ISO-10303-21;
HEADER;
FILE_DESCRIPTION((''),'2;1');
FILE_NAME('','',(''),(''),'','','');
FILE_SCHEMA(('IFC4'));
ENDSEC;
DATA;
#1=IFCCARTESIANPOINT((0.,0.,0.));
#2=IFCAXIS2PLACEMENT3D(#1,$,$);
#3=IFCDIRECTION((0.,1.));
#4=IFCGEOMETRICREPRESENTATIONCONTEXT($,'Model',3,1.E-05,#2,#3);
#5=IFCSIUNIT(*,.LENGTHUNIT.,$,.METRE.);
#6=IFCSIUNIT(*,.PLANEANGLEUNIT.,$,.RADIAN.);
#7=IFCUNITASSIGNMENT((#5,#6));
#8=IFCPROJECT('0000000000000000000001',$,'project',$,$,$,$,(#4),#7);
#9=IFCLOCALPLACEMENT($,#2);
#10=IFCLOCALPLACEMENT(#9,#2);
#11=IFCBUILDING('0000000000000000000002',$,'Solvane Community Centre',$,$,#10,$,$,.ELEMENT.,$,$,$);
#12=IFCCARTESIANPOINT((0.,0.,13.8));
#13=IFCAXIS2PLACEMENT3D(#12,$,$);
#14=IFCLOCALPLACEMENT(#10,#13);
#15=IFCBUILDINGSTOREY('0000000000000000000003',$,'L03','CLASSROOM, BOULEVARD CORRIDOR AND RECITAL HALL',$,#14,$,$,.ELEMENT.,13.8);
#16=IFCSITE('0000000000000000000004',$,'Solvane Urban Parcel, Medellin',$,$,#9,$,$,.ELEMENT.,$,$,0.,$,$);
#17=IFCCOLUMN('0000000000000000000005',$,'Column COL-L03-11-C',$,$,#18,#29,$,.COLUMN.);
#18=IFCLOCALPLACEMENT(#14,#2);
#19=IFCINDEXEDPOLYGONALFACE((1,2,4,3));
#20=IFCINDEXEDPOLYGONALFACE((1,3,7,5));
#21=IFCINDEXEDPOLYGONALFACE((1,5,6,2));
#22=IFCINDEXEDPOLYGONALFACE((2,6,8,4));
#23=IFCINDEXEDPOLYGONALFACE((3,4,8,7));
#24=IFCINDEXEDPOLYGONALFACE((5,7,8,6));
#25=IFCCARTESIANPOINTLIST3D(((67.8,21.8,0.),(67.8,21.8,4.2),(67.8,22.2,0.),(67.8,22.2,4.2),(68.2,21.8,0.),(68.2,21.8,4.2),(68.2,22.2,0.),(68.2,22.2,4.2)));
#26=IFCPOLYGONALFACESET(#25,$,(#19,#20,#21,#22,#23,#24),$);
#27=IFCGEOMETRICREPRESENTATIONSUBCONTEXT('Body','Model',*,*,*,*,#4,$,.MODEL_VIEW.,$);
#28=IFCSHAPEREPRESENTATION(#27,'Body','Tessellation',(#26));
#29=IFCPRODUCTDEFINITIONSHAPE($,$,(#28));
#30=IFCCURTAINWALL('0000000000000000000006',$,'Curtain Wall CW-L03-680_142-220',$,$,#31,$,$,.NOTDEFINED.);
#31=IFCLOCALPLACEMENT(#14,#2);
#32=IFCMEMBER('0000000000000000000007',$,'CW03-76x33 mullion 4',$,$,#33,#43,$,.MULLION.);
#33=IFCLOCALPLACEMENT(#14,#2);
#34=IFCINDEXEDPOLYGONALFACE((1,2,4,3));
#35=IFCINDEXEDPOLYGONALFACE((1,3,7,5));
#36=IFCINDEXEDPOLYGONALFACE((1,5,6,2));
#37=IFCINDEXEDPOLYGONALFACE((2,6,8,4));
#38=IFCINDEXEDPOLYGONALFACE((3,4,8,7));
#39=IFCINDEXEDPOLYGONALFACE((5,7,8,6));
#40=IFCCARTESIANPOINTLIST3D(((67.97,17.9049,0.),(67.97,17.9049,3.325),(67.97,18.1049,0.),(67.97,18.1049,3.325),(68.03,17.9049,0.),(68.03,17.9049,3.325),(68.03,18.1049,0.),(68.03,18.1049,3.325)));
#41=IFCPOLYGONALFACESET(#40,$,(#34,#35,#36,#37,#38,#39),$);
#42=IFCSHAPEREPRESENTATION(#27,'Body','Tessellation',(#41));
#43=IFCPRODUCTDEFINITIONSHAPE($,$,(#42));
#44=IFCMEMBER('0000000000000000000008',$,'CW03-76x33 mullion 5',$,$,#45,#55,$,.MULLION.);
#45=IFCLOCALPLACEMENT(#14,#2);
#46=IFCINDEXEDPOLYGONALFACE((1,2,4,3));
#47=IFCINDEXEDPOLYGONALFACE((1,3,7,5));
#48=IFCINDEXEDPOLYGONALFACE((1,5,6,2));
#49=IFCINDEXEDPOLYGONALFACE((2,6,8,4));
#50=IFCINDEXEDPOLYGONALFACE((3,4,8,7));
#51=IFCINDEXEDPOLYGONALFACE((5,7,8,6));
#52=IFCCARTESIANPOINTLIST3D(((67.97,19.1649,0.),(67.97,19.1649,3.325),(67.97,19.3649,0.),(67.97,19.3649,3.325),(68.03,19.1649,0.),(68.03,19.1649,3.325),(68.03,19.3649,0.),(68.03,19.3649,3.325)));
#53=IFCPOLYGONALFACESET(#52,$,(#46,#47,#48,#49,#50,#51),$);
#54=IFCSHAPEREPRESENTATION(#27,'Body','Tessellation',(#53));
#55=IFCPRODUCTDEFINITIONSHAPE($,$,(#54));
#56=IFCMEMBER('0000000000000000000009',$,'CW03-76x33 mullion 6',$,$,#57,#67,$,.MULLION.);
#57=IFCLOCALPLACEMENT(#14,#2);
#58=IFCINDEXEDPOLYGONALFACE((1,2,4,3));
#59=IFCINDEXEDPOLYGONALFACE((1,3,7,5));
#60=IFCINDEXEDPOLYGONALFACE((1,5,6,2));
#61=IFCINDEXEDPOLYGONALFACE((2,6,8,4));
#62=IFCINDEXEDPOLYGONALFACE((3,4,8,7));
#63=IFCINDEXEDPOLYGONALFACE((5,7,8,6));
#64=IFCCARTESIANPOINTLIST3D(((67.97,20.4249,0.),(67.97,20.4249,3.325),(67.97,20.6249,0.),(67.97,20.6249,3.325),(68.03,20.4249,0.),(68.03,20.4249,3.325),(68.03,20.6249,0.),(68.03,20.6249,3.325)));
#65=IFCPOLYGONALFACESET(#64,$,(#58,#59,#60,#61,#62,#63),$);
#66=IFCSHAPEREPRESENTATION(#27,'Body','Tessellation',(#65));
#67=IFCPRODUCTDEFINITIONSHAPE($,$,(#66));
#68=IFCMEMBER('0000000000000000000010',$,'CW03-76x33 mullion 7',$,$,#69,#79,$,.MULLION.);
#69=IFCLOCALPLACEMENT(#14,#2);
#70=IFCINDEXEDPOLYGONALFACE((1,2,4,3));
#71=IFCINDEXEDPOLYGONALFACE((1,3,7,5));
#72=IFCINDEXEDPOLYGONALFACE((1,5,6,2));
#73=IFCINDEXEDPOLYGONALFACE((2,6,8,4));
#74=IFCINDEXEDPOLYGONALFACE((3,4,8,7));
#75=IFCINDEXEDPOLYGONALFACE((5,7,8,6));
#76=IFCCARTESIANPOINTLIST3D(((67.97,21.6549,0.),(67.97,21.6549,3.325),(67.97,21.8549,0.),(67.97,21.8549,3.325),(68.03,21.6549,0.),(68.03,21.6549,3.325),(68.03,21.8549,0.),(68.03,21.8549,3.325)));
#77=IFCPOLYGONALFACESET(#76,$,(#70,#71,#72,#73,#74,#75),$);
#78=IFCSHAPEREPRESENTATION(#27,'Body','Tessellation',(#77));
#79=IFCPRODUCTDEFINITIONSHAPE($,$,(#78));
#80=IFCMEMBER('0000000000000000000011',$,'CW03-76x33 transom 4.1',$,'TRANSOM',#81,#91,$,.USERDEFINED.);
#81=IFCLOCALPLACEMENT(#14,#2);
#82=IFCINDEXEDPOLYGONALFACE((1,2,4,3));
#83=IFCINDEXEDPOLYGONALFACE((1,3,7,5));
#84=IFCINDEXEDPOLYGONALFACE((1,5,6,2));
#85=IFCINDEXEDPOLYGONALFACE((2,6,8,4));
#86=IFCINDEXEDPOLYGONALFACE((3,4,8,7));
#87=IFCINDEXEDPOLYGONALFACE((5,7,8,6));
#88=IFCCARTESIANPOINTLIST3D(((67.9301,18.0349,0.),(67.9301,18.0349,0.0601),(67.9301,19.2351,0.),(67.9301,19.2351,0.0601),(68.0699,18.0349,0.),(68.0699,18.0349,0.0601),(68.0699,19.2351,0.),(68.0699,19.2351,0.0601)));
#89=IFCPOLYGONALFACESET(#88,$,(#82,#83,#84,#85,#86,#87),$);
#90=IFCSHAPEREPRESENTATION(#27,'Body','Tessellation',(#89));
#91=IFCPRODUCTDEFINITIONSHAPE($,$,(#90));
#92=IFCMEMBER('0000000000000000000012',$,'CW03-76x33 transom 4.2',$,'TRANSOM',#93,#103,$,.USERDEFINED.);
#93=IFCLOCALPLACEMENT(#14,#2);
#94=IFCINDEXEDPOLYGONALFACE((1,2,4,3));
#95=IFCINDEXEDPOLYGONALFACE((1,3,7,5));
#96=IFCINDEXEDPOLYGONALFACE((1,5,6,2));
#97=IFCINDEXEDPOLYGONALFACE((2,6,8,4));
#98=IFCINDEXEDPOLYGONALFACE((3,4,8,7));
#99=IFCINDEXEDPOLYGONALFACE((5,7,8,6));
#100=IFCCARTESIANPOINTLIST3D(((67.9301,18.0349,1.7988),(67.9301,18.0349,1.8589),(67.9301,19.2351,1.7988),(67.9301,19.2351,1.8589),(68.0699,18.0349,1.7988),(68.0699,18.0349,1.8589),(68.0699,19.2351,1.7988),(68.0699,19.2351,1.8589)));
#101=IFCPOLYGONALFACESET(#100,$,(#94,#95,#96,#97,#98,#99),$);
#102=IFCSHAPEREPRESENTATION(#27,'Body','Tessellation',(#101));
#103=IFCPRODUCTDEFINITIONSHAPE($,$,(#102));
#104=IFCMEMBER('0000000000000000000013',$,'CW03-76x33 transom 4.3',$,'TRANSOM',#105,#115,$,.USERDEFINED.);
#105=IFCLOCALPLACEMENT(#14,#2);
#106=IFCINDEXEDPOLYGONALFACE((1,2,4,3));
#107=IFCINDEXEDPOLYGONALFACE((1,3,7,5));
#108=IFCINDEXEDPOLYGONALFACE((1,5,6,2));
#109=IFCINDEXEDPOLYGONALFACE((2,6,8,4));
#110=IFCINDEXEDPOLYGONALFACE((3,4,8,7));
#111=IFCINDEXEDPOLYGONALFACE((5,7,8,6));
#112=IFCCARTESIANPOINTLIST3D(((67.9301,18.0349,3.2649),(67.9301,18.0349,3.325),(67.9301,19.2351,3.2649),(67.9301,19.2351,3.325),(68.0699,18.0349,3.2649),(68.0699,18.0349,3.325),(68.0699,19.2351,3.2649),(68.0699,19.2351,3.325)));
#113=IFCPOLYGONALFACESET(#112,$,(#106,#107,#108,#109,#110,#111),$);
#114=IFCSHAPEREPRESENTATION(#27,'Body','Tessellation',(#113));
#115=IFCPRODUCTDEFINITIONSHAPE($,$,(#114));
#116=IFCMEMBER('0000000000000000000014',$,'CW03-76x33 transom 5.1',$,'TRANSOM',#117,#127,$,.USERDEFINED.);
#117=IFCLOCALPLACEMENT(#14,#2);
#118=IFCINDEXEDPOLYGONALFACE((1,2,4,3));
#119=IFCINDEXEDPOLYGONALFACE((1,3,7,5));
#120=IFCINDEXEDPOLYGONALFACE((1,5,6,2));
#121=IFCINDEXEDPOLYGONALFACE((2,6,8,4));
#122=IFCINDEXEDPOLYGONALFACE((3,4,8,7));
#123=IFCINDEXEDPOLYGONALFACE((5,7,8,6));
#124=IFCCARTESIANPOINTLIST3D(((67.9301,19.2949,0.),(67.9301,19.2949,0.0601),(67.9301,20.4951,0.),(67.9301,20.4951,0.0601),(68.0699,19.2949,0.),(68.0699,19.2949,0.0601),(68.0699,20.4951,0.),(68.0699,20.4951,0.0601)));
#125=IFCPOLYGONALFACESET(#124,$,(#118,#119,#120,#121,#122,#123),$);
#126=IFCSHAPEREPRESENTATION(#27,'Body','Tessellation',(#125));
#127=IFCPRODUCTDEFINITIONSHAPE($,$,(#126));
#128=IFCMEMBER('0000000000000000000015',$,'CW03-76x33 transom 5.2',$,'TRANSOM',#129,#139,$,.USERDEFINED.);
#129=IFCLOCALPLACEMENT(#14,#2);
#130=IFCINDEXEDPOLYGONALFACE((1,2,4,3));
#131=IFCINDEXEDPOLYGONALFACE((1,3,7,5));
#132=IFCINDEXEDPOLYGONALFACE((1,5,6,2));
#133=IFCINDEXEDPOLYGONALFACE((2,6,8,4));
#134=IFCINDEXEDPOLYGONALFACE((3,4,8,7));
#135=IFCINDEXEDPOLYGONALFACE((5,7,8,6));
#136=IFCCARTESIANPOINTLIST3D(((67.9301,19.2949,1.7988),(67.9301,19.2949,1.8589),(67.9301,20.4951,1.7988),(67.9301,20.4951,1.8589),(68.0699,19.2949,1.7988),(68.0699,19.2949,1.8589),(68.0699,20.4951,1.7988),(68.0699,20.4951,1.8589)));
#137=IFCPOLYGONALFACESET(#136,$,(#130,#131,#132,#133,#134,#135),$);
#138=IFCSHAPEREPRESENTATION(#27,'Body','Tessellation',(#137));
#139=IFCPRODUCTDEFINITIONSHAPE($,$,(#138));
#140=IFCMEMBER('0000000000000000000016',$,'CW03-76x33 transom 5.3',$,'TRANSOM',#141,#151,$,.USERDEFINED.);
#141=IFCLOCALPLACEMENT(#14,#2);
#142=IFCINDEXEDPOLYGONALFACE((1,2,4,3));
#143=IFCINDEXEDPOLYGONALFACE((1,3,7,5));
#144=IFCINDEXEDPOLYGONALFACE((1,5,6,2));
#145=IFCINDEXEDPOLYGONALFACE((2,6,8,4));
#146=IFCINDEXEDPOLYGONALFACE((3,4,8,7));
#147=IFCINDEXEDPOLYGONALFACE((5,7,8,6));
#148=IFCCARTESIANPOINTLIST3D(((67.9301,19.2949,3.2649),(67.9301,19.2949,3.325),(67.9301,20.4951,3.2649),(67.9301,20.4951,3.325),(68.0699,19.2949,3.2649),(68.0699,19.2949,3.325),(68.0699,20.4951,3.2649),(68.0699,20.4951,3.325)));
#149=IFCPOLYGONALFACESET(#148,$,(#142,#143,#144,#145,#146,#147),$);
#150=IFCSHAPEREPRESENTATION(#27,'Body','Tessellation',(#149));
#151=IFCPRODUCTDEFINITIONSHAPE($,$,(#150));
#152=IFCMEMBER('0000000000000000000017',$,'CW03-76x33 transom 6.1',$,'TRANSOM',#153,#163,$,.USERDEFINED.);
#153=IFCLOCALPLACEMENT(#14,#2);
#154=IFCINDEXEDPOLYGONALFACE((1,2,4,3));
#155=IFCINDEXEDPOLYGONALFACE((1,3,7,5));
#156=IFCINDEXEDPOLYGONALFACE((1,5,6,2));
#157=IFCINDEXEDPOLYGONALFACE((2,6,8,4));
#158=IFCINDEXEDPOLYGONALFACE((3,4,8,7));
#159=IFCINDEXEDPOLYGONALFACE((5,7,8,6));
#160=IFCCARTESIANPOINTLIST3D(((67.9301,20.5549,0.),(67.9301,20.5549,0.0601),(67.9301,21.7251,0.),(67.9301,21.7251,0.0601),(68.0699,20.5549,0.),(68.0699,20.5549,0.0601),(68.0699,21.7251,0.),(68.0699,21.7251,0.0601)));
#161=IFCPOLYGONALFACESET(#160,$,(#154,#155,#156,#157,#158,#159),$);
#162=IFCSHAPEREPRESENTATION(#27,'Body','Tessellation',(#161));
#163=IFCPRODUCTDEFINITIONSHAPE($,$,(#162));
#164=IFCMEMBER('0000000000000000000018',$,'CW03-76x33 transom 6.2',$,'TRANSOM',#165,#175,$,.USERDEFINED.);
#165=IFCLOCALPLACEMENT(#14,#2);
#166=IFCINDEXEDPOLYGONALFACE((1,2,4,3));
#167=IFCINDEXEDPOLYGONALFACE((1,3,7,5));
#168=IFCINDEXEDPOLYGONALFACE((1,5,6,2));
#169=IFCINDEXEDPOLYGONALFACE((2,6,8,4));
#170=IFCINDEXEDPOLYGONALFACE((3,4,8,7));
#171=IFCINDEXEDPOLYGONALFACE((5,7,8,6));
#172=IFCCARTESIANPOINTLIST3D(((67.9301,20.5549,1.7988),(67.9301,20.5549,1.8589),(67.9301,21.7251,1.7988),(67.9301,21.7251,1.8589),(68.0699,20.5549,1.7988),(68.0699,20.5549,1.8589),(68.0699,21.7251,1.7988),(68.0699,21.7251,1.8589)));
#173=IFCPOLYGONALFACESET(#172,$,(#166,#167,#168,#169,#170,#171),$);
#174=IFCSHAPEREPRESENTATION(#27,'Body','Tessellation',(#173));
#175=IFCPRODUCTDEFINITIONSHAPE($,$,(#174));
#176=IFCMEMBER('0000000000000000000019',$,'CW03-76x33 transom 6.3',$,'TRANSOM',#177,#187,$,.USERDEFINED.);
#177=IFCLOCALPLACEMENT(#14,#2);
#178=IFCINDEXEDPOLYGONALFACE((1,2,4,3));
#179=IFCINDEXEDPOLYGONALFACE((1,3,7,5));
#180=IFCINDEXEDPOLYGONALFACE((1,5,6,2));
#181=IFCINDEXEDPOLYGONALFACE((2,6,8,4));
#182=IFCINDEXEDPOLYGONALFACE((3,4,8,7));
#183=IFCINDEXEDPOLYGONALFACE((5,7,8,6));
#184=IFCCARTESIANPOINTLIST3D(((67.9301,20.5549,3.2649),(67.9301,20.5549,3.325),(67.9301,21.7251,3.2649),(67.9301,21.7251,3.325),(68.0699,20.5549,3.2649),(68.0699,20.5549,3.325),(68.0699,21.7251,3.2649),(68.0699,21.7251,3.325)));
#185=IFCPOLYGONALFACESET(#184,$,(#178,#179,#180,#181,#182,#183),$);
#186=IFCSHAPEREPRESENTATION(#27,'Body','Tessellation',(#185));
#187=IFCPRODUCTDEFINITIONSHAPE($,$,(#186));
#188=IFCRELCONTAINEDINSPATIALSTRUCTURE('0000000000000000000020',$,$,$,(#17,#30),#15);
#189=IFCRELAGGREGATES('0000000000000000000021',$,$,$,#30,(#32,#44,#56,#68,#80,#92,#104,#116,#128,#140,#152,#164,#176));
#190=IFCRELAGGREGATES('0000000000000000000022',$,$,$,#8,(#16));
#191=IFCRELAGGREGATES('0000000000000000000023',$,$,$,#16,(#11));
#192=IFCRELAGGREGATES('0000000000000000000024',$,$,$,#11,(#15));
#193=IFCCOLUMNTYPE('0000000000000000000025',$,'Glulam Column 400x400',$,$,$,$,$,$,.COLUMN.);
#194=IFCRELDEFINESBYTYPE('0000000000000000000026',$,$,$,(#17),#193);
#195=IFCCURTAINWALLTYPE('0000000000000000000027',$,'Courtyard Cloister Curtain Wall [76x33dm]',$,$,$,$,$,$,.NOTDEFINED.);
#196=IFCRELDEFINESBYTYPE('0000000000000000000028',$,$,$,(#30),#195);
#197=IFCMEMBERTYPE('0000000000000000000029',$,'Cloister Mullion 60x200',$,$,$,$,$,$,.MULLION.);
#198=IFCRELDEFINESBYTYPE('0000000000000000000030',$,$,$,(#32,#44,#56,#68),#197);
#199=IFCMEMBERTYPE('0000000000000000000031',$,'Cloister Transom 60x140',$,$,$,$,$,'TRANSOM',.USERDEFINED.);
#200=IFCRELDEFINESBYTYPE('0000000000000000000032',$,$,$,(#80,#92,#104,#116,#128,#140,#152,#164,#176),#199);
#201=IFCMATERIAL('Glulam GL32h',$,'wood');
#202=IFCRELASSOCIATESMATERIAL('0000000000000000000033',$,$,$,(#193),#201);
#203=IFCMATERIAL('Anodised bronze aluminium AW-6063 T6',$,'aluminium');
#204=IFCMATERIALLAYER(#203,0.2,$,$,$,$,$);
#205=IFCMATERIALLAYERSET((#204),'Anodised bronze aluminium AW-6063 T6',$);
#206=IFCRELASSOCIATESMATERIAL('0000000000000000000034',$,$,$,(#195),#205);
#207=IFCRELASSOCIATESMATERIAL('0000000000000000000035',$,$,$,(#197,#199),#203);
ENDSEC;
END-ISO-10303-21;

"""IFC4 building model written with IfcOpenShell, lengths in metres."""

from ifc_helpers import new_model, si_unit, direction, frame, origin, origin_2d, place, context, subcontext, project, spatial, rectangle, extrude, material, layer, layer_set, material_profile, profile_set, type_object, element, aggregate, save


model = new_model("IFC4")

# Units and contexts
model_context = context("Model", 3, precision=1e-05, world=origin(), true_north=direction((0.0, 1.0)))
body_context = subcontext(model_context, "Body", "Model", "MODEL_VIEW")
ifc_project = project(units=[si_unit("LENGTHUNIT", "METRE"), si_unit("PLANEANGLEUNIT", "RADIAN")], contexts=[model_context])

# Site, building, storey
site_placement = place(None, origin())
site = spatial("IfcSite", under=ifc_project, at=site_placement, Name="Solvane Urban Parcel, Medellin", CompositionType="ELEMENT", RefElevation=0.0)
building_placement = place(site_placement, origin())
building = spatial("IfcBuilding", under=site, at=building_placement, Name="Solvane Community Centre", CompositionType="ELEMENT")
storey_placement = place(building_placement, frame((0.0, 0.0, 13.8)))
storey = spatial("IfcBuildingStorey", under=building, at=storey_placement, Name="L03", Description="CLASSROOM, BOULEVARD CORRIDOR AND RECITAL HALL", CompositionType="ELEMENT", Elevation=13.8)

# Column
ifc_material_1 = material(Name="Glulam GL32h", Category="wood")
ifc_material_profile_1 = material_profile(ifc_material_1, rectangle(XDim=0.3999, YDim=0.3999, at=origin_2d()), Name="GL32h 400x400")
ifc_profile_set_1 = profile_set([ifc_material_profile_1], Name="Glulam GL32h")
column_type = type_object("IfcColumnType", Name="Glulam Column 400x400", PredefinedType="COLUMN", material=ifc_profile_set_1)
column_placement = place(storey_placement, frame((68.0, 22.0, 0.0), z_axis=(0.0, 0.0, 1.0), x_axis=(1.0, 0.0, 0.0)))
element("IfcColumn", 1, at=column_placement, inside=storey, type_object=column_type, Name="Column COL-L03-11-C", PredefinedType="COLUMN", context=body_context, shape_type="SweptSolid", body=[
    extrude(rectangle(XDim=0.3999, YDim=0.3999, at=origin_2d()), origin(), (0.0, 0.0, 1.0), 4.2),
])

# Curtain wall, members
ifc_material_2 = material(Name="Anodised bronze aluminium AW-6063 T6", Category="aluminium")
ifc_layer_1 = layer(ifc_material_2, 0.2)
ifc_layer_set_1 = layer_set([ifc_layer_1], Name="Anodised bronze aluminium AW-6063 T6")
curtain_wall_type = type_object("IfcCurtainWallType", Name="Courtyard Cloister Curtain Wall [76x33dm]", PredefinedType="NOTDEFINED", material=ifc_layer_set_1)
curtain_wall_placement = place(storey_placement, origin())
curtain_wall = element("IfcCurtainWall", 2, at=curtain_wall_placement, inside=storey, type_object=curtain_wall_type, Name="Curtain Wall CW-L03-680_142-220", PredefinedType="NOTDEFINED")
ifc_material_profile_2 = material_profile(ifc_material_2, rectangle(XDim=0.0601, YDim=0.2, at=origin_2d()), Name="CW-M 60x200")
ifc_profile_set_2 = profile_set([ifc_material_profile_2], Name="Anodised bronze aluminium AW-6063 T6")
member_type_1 = type_object("IfcMemberType", Name="Cloister Mullion 60x200", PredefinedType="MULLION", material=ifc_profile_set_2)
member_1_placement = place(storey_placement, frame((68.0, 18.0049, 0.0), z_axis=(0.0, 0.0, 1.0), x_axis=(-1.0, 0.0, 0.0)))
member_1 = element("IfcMember", 3, at=member_1_placement, type_object=member_type_1, Name="CW03-76x33 mullion 4", PredefinedType="MULLION", context=body_context, shape_type="SweptSolid", body=[
    extrude(rectangle(XDim=0.0601, YDim=0.2, at=origin_2d()), origin(), (0.0, 0.0, 1.0), 3.325),
])
member_2_placement = place(storey_placement, frame((68.0, 19.2649, 0.0), z_axis=(0.0, 0.0, 1.0), x_axis=(-1.0, 0.0, 0.0)))
member_2 = element("IfcMember", 4, at=member_2_placement, type_object=member_type_1, Name="CW03-76x33 mullion 5", PredefinedType="MULLION", context=body_context, shape_type="SweptSolid", body=[
    extrude(rectangle(XDim=0.0601, YDim=0.2, at=origin_2d()), origin(), (0.0, 0.0, 1.0), 3.325),
])
member_3_placement = place(storey_placement, frame((68.0, 20.5249, 0.0), z_axis=(0.0, 0.0, 1.0), x_axis=(-1.0, 0.0, 0.0)))
member_3 = element("IfcMember", 5, at=member_3_placement, type_object=member_type_1, Name="CW03-76x33 mullion 6", PredefinedType="MULLION", context=body_context, shape_type="SweptSolid", body=[
    extrude(rectangle(XDim=0.0601, YDim=0.2, at=origin_2d()), origin(), (0.0, 0.0, 1.0), 3.325),
])
member_4_placement = place(storey_placement, frame((68.0, 21.7549, 0.0), z_axis=(0.0, 0.0, 1.0), x_axis=(-1.0, 0.0, 0.0)))
member_4 = element("IfcMember", 6, at=member_4_placement, type_object=member_type_1, Name="CW03-76x33 mullion 7", PredefinedType="MULLION", context=body_context, shape_type="SweptSolid", body=[
    extrude(rectangle(XDim=0.0601, YDim=0.2, at=origin_2d()), origin(), (0.0, 0.0, 1.0), 3.325),
])
ifc_material_profile_3 = material_profile(ifc_material_2, rectangle(XDim=0.1399, YDim=0.0601, at=origin_2d()), Name="CW-T 60x140")
ifc_profile_set_3 = profile_set([ifc_material_profile_3], Name="Anodised bronze aluminium AW-6063 T6")
member_type_2 = type_object("IfcMemberType", Name="Cloister Transom 60x140", ElementType="TRANSOM", PredefinedType="USERDEFINED", material=ifc_profile_set_3)
member_5_placement = place(storey_placement, frame((68.0, 18.0349, 0.03), z_axis=(0.0, 1.0, 0.0), x_axis=(-1.0, 0.0, 0.0)))
member_5 = element("IfcMember", 7, at=member_5_placement, type_object=member_type_2, Name="CW03-76x33 transom 4.1", ObjectType="TRANSOM", PredefinedType="USERDEFINED", context=body_context, shape_type="SweptSolid", body=[
    extrude(rectangle(XDim=0.1399, YDim=0.0601, at=origin_2d()), origin(), (0.0, 0.0, 1.0), 1.2002),
])
member_6_placement = place(storey_placement, frame((68.0, 18.0349, 1.8289), z_axis=(0.0, 1.0, 0.0), x_axis=(-1.0, 0.0, 0.0)))
member_6 = element("IfcMember", 8, at=member_6_placement, type_object=member_type_2, Name="CW03-76x33 transom 4.2", ObjectType="TRANSOM", PredefinedType="USERDEFINED", context=body_context, shape_type="SweptSolid", body=[
    extrude(rectangle(XDim=0.1399, YDim=0.0601, at=origin_2d()), origin(), (0.0, 0.0, 1.0), 1.2002),
])
member_7_placement = place(storey_placement, frame((68.0, 18.0349, 3.2949), z_axis=(0.0, 1.0, 0.0), x_axis=(-1.0, 0.0, 0.0)))
member_7 = element("IfcMember", 9, at=member_7_placement, type_object=member_type_2, Name="CW03-76x33 transom 4.3", ObjectType="TRANSOM", PredefinedType="USERDEFINED", context=body_context, shape_type="SweptSolid", body=[
    extrude(rectangle(XDim=0.1399, YDim=0.0601, at=origin_2d()), origin(), (0.0, 0.0, 1.0), 1.2002),
])
member_8_placement = place(storey_placement, frame((68.0, 19.2949, 0.03), z_axis=(0.0, 1.0, 0.0), x_axis=(-1.0, 0.0, 0.0)))
member_8 = element("IfcMember", 10, at=member_8_placement, type_object=member_type_2, Name="CW03-76x33 transom 5.1", ObjectType="TRANSOM", PredefinedType="USERDEFINED", context=body_context, shape_type="SweptSolid", body=[
    extrude(rectangle(XDim=0.1399, YDim=0.0601, at=origin_2d()), origin(), (0.0, 0.0, 1.0), 1.2002),
])
member_9_placement = place(storey_placement, frame((68.0, 19.2949, 1.8289), z_axis=(0.0, 1.0, 0.0), x_axis=(-1.0, 0.0, 0.0)))
member_9 = element("IfcMember", 11, at=member_9_placement, type_object=member_type_2, Name="CW03-76x33 transom 5.2", ObjectType="TRANSOM", PredefinedType="USERDEFINED", context=body_context, shape_type="SweptSolid", body=[
    extrude(rectangle(XDim=0.1399, YDim=0.0601, at=origin_2d()), origin(), (0.0, 0.0, 1.0), 1.2002),
])
member_10_placement = place(storey_placement, frame((68.0, 19.2949, 3.2949), z_axis=(0.0, 1.0, 0.0), x_axis=(-1.0, 0.0, 0.0)))
member_10 = element("IfcMember", 12, at=member_10_placement, type_object=member_type_2, Name="CW03-76x33 transom 5.3", ObjectType="TRANSOM", PredefinedType="USERDEFINED", context=body_context, shape_type="SweptSolid", body=[
    extrude(rectangle(XDim=0.1399, YDim=0.0601, at=origin_2d()), origin(), (0.0, 0.0, 1.0), 1.2002),
])
member_11_placement = place(storey_placement, frame((68.0, 20.5549, 0.03), z_axis=(0.0, 1.0, 0.0), x_axis=(-1.0, 0.0, 0.0)))
member_11 = element("IfcMember", 13, at=member_11_placement, type_object=member_type_2, Name="CW03-76x33 transom 6.1", ObjectType="TRANSOM", PredefinedType="USERDEFINED", context=body_context, shape_type="SweptSolid", body=[
    extrude(rectangle(XDim=0.1399, YDim=0.0601, at=origin_2d()), origin(), (0.0, 0.0, 1.0), 1.1702),
])
member_12_placement = place(storey_placement, frame((68.0, 20.5549, 1.8289), z_axis=(0.0, 1.0, 0.0), x_axis=(-1.0, 0.0, 0.0)))
member_12 = element("IfcMember", 14, at=member_12_placement, type_object=member_type_2, Name="CW03-76x33 transom 6.2", ObjectType="TRANSOM", PredefinedType="USERDEFINED", context=body_context, shape_type="SweptSolid", body=[
    extrude(rectangle(XDim=0.1399, YDim=0.0601, at=origin_2d()), origin(), (0.0, 0.0, 1.0), 1.1702),
])
member_13_placement = place(storey_placement, frame((68.0, 20.5549, 3.2949), z_axis=(0.0, 1.0, 0.0), x_axis=(-1.0, 0.0, 0.0)))
member_13 = element("IfcMember", 15, at=member_13_placement, type_object=member_type_2, Name="CW03-76x33 transom 6.3", ObjectType="TRANSOM", PredefinedType="USERDEFINED", context=body_context, shape_type="SweptSolid", body=[
    extrude(rectangle(XDim=0.1399, YDim=0.0601, at=origin_2d()), origin(), (0.0, 0.0, 1.0), 1.1702),
])

aggregate(curtain_wall, [member_1, member_2, member_3, member_4, member_5, member_6, member_7, member_8, member_9, member_10, member_11, member_12, member_13])

save(model, "model.ifc")
